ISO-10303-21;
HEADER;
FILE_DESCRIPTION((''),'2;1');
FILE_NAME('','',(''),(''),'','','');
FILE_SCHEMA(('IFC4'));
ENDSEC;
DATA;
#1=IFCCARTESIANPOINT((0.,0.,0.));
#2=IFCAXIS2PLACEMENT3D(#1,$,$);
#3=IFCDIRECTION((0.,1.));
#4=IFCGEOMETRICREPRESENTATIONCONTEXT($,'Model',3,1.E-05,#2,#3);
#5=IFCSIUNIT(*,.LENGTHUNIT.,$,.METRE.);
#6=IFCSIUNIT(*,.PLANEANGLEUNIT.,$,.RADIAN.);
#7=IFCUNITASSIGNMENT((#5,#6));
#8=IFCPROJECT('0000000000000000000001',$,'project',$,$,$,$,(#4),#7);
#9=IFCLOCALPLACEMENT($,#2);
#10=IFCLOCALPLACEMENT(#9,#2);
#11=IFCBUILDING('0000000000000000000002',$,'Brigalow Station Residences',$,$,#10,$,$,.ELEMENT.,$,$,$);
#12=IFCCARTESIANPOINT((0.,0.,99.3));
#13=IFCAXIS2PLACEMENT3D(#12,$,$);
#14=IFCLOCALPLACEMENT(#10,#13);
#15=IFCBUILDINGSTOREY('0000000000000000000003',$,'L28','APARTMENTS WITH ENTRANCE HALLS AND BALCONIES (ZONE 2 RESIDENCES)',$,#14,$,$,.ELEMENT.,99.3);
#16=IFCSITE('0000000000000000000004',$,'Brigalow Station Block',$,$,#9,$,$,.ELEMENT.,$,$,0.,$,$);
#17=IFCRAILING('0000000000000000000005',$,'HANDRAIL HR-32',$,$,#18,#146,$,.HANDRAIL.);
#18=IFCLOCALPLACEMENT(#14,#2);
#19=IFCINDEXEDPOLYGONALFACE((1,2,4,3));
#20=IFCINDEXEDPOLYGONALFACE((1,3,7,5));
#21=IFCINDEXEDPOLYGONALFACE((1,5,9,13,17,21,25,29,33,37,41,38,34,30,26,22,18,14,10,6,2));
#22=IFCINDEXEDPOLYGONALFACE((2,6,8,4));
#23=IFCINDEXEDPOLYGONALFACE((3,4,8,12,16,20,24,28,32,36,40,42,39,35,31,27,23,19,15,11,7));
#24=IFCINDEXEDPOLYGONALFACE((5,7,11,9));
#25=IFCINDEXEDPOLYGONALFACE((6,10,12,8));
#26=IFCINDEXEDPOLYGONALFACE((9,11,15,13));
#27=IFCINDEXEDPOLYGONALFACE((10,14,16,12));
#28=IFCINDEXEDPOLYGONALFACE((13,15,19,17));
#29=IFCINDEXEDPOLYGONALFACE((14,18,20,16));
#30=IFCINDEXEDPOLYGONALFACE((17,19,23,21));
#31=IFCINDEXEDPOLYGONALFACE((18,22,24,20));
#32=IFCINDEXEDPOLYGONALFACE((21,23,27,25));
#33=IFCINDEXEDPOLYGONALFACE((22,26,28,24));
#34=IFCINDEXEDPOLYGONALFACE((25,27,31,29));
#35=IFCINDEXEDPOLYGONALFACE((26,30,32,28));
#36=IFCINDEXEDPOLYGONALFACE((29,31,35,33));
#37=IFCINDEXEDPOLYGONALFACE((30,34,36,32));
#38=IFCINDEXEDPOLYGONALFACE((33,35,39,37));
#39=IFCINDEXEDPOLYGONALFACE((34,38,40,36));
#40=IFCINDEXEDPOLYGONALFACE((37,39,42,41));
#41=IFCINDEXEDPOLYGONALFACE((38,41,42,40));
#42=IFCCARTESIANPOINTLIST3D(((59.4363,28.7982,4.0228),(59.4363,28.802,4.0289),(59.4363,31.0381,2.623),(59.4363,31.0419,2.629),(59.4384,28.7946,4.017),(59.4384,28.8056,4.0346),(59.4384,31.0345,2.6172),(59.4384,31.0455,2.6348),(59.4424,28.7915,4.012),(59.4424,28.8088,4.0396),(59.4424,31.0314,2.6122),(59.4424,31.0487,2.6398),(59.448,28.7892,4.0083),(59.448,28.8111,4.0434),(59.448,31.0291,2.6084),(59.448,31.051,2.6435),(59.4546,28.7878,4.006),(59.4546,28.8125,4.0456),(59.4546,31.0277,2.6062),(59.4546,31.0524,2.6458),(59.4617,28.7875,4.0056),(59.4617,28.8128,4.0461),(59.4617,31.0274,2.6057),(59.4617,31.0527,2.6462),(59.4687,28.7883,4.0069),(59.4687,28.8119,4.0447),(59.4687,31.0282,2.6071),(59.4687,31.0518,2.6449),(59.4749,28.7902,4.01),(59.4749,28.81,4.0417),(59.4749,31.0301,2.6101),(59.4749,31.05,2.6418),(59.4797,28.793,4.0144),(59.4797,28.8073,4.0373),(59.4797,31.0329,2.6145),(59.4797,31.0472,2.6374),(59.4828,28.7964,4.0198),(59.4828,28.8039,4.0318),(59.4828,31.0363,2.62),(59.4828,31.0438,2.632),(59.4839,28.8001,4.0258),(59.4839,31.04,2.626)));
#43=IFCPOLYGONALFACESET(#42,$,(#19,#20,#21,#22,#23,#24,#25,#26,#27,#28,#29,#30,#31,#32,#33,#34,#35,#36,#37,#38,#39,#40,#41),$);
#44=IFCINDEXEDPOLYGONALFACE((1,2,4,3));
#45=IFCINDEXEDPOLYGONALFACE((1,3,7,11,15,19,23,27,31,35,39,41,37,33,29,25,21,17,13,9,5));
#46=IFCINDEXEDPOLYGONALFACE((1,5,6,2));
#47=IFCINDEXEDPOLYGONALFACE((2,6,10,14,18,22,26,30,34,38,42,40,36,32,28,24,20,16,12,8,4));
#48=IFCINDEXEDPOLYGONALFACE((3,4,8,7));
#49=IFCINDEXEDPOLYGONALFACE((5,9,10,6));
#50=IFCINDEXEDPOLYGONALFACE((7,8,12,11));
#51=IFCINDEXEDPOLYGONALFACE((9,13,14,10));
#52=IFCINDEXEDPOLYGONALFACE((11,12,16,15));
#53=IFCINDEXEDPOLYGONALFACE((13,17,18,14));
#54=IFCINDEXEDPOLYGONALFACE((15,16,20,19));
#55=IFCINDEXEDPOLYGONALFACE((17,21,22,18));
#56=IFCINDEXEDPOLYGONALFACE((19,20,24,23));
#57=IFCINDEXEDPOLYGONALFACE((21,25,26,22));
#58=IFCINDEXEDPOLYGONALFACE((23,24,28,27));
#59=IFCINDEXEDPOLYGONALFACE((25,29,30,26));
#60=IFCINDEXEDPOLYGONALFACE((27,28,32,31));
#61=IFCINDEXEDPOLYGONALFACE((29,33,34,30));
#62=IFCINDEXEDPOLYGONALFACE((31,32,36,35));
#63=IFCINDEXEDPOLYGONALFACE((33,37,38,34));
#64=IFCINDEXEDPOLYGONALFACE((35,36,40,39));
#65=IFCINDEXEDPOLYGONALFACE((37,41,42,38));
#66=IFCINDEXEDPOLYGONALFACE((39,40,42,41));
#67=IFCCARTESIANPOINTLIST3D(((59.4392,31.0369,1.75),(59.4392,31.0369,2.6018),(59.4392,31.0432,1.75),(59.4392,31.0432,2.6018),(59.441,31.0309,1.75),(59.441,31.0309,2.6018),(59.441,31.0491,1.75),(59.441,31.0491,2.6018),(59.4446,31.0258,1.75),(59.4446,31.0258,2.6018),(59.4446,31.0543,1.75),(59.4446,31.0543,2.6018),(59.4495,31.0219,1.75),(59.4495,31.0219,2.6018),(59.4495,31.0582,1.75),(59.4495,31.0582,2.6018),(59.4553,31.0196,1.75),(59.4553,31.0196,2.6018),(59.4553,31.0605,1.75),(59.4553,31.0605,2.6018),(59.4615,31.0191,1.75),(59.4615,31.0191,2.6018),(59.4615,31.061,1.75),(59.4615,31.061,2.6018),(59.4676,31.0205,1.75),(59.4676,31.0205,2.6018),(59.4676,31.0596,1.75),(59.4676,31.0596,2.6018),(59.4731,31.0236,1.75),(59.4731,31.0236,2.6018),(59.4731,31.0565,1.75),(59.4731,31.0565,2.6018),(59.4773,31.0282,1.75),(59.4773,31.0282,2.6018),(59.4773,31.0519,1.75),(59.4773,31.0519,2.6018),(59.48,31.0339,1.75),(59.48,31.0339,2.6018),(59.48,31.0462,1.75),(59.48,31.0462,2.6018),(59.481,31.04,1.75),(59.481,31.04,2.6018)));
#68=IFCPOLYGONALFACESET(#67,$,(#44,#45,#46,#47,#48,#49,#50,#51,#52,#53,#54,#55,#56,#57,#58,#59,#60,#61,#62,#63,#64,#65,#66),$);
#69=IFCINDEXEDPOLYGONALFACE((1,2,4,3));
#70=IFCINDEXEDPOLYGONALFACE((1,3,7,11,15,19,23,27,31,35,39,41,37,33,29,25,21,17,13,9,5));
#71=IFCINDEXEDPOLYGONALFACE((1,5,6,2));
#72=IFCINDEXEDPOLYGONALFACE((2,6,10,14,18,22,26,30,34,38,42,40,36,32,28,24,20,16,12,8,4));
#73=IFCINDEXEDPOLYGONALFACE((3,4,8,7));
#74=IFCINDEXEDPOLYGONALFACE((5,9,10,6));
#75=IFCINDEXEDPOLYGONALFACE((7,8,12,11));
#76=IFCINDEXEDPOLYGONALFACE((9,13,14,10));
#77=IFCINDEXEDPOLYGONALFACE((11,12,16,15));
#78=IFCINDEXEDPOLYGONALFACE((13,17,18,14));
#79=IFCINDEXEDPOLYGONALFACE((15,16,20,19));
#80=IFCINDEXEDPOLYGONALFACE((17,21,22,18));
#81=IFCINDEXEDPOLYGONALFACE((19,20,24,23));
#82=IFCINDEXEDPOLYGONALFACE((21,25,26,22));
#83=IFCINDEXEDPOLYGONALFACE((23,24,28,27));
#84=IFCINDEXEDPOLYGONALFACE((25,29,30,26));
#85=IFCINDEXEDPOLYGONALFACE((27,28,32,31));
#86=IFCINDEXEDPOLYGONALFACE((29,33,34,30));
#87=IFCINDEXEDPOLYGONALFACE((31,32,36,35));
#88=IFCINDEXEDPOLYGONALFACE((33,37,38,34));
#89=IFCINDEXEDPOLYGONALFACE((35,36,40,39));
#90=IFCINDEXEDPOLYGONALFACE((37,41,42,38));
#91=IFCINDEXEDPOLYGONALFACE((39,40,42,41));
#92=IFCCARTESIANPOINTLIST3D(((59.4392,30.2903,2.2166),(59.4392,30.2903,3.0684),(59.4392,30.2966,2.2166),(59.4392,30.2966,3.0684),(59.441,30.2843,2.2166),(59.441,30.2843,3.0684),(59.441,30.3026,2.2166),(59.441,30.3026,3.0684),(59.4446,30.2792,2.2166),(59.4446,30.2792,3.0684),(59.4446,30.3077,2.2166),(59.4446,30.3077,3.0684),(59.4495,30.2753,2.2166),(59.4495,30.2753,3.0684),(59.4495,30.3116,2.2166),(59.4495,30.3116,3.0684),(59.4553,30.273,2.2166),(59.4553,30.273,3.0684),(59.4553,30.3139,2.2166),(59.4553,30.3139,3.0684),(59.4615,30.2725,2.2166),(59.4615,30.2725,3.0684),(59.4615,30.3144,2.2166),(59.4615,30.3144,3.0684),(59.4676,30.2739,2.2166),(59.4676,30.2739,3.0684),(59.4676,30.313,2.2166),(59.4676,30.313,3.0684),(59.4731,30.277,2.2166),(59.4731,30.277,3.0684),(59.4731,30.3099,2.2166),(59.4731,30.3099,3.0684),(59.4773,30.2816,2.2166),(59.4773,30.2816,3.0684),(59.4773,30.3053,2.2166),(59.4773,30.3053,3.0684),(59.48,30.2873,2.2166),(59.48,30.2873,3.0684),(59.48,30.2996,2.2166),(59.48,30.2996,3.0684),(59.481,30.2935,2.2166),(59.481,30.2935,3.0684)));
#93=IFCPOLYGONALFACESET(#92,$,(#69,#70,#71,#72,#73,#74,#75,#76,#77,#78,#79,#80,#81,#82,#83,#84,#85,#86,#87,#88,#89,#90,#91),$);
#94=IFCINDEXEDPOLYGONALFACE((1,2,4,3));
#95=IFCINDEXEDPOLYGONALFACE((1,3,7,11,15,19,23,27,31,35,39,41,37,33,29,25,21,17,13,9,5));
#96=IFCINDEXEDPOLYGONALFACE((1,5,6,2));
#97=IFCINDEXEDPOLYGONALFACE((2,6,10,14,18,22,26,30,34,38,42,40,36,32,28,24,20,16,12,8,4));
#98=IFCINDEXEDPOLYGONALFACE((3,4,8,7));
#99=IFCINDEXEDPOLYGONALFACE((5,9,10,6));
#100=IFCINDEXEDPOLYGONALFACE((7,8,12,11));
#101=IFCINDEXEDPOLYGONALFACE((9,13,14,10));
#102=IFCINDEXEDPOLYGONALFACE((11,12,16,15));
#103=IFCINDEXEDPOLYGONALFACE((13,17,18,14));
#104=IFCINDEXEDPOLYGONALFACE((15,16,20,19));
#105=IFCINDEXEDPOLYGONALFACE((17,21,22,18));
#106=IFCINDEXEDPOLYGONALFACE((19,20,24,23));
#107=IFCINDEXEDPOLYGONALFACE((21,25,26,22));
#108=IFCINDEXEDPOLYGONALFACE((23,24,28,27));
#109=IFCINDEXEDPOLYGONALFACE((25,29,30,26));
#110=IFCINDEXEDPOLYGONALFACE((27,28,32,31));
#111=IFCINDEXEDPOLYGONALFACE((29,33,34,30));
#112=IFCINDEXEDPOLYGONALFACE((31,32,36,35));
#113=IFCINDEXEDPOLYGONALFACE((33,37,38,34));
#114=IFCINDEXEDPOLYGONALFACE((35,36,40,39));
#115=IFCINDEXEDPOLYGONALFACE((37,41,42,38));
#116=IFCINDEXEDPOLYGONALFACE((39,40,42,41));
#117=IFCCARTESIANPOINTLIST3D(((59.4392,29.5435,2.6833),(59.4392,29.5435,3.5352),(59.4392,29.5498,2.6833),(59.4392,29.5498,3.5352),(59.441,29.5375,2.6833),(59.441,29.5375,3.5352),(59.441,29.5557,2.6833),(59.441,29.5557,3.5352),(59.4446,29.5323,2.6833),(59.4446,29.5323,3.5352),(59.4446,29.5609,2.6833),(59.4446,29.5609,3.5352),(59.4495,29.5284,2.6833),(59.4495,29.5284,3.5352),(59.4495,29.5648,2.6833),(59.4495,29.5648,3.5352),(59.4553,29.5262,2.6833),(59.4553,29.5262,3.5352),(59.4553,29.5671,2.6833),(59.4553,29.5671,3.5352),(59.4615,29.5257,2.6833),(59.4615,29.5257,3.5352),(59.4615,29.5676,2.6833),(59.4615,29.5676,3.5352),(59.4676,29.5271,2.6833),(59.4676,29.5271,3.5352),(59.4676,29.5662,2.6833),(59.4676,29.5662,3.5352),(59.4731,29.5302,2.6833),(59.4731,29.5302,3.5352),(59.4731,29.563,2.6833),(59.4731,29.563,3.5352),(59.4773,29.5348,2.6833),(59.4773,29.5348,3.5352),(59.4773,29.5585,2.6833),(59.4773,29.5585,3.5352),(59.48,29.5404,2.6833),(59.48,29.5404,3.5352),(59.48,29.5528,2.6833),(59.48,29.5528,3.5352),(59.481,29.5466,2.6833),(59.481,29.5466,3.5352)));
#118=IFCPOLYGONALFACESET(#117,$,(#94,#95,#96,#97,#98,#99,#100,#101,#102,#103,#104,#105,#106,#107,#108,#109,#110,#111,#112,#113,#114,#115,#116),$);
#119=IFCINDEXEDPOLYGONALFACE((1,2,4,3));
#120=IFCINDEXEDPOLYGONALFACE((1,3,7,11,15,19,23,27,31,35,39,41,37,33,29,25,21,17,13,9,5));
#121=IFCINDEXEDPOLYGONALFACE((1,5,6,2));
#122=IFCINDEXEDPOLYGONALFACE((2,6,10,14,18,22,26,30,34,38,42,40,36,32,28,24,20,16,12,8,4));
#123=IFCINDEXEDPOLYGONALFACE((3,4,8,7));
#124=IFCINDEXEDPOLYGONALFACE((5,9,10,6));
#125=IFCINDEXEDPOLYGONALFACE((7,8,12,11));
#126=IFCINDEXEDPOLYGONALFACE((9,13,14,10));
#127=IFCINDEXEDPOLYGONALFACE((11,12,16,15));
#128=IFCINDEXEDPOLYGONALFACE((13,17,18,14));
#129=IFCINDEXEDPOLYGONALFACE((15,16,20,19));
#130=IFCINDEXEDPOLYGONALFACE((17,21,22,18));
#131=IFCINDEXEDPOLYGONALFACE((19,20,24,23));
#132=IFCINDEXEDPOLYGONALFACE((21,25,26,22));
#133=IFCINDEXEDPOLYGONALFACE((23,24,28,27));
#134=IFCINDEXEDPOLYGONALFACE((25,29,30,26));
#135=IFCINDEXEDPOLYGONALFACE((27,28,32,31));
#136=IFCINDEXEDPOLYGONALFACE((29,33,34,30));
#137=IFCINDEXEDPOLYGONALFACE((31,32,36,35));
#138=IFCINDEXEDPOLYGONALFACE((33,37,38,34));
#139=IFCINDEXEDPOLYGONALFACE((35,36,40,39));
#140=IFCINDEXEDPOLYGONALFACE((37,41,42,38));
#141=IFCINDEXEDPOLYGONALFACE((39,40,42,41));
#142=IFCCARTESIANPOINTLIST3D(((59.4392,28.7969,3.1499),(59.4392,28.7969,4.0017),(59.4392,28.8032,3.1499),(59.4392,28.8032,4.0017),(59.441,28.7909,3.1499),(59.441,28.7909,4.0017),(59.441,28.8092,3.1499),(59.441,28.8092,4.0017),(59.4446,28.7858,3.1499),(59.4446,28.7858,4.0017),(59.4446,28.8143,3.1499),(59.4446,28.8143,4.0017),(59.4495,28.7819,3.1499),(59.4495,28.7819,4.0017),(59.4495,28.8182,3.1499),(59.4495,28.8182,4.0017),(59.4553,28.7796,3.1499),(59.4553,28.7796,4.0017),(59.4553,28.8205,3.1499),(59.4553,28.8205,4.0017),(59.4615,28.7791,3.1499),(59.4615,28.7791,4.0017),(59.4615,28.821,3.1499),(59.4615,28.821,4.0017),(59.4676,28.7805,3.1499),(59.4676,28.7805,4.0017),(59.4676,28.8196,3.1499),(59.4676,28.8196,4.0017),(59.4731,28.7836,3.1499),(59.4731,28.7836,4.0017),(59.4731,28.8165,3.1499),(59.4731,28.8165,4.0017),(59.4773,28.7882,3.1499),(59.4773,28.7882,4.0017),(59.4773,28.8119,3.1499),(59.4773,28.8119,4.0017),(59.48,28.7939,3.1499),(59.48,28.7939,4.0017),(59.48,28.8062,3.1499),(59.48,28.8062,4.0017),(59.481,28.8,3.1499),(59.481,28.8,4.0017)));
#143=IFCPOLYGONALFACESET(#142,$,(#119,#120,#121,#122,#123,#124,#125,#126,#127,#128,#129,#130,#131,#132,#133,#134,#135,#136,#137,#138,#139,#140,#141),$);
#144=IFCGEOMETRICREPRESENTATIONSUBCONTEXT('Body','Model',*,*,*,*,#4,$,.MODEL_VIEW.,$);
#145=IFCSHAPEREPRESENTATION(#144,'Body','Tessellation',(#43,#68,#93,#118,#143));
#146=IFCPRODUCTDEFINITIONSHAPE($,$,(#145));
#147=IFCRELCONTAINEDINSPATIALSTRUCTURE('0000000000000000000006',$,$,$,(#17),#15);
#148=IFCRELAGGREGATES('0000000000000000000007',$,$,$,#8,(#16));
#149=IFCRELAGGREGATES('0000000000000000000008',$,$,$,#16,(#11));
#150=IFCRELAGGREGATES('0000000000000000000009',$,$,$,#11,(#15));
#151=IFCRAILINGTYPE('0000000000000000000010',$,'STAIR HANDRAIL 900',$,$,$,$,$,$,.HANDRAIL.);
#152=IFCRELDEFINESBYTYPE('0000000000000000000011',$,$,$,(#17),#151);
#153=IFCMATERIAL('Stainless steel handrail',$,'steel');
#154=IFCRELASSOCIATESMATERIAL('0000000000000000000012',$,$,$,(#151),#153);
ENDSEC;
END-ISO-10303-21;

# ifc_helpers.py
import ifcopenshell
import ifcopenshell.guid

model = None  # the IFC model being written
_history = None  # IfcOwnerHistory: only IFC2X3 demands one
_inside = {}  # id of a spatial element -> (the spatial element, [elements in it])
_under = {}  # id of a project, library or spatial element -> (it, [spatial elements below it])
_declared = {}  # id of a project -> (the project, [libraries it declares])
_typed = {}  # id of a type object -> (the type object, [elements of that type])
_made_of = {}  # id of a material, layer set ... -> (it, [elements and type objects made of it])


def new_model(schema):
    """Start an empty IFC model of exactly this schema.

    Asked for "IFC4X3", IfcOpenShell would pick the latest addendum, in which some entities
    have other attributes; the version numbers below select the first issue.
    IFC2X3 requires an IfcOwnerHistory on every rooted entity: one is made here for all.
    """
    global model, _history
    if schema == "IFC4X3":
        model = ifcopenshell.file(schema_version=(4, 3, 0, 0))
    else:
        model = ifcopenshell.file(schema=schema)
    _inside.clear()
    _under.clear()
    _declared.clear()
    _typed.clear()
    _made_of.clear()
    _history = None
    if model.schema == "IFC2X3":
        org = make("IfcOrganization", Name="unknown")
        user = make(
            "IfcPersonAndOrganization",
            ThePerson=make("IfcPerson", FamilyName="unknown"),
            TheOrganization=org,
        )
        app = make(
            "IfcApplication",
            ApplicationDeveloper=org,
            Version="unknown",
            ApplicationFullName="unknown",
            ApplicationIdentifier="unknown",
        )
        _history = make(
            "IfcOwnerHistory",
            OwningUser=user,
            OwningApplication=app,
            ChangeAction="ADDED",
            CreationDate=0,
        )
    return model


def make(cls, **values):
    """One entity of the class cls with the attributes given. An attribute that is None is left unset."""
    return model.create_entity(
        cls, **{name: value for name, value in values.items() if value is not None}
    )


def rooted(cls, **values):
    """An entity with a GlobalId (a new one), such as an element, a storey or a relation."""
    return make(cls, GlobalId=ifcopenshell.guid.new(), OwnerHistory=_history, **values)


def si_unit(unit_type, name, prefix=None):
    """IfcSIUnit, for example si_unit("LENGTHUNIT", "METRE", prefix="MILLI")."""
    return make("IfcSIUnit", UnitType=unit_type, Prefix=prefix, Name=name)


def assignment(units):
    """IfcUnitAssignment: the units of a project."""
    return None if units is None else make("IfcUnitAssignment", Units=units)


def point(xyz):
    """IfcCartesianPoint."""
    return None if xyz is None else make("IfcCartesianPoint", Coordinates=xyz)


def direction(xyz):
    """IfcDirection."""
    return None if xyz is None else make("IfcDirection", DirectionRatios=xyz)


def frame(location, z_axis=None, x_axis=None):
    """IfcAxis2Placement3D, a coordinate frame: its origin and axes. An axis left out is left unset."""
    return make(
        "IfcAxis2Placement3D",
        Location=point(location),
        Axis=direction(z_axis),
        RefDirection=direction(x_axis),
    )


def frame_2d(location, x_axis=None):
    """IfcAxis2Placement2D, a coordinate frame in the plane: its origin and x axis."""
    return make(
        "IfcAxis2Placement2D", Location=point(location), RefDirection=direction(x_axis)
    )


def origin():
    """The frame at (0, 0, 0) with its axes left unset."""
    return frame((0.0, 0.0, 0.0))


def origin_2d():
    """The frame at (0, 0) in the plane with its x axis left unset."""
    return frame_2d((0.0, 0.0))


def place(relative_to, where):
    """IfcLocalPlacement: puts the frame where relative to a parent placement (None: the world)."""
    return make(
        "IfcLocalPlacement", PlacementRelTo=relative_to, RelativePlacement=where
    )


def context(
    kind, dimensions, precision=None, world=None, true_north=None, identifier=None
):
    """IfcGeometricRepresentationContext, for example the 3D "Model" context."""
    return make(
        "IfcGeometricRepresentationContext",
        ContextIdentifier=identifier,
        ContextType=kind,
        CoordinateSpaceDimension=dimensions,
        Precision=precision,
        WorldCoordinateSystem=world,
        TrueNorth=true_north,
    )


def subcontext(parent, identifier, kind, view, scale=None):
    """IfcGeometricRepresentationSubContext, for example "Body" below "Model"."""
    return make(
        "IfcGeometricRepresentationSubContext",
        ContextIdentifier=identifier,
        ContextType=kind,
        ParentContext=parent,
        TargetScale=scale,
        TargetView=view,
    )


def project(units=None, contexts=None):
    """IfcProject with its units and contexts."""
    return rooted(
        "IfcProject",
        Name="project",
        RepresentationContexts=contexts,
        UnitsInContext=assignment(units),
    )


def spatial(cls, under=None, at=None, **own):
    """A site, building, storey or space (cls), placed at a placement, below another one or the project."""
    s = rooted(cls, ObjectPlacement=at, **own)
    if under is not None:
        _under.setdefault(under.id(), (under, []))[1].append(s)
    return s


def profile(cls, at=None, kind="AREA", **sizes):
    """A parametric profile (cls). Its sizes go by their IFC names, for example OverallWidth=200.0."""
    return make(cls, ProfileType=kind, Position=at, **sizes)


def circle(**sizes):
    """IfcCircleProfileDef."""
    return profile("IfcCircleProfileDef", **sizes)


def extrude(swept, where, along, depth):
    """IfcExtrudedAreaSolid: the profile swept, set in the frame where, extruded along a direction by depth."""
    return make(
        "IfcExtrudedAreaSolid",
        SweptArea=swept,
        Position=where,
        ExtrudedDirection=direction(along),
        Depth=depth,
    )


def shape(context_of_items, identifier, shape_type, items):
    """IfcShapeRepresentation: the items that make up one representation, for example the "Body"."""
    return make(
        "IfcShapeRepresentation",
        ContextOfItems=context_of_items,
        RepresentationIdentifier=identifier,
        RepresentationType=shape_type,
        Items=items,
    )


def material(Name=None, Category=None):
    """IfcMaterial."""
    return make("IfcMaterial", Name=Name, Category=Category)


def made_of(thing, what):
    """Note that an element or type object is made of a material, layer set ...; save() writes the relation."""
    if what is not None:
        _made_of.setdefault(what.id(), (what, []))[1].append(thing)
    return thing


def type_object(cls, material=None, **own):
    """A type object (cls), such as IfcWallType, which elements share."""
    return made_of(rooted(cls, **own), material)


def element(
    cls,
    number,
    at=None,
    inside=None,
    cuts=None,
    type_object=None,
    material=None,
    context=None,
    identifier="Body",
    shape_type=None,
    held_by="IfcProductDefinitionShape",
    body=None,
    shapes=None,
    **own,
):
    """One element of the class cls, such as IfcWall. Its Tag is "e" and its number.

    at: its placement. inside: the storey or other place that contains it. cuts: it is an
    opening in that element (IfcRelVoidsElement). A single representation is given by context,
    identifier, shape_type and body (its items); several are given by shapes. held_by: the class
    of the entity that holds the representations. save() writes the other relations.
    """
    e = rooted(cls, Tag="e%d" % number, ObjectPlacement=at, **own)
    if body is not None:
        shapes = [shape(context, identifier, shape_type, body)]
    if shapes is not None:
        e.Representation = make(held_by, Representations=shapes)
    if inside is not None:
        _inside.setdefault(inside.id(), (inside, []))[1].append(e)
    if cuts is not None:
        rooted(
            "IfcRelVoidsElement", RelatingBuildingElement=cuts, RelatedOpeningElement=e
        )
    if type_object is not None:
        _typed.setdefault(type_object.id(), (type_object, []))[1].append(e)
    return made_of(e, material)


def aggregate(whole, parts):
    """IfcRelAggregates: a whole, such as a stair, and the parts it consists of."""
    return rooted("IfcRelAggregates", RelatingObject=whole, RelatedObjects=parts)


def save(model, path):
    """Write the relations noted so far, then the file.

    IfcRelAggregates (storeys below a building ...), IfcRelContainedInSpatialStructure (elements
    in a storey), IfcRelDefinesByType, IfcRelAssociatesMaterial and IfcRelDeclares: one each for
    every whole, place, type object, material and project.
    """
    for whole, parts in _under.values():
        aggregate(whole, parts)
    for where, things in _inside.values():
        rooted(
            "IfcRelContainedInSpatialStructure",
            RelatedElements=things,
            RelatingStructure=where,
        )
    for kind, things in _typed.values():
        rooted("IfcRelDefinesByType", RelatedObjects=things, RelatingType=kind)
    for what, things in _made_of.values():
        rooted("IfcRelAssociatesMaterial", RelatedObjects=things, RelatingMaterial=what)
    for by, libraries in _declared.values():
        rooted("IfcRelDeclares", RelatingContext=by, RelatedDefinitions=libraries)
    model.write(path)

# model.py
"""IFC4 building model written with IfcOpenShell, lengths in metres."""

from ifc_helpers import new_model, si_unit, direction, frame, origin, origin_2d, place, context, subcontext, project, spatial, circle, extrude, material, type_object, element, save


model = new_model("IFC4")

# Units and contexts
model_context = context("Model", 3, precision=1e-05, world=origin(), true_north=direction((0.0, 1.0)))
body_context = subcontext(model_context, "Body", "Model", "MODEL_VIEW")
ifc_project = project(units=[si_unit("LENGTHUNIT", "METRE"), si_unit("PLANEANGLEUNIT", "RADIAN")], contexts=[model_context])

# Site, building, storey
site_placement = place(None, origin())
site = spatial("IfcSite", under=ifc_project, at=site_placement, Name="Brigalow Station Block", CompositionType="ELEMENT", RefElevation=0.0)
building_placement = place(site_placement, origin())
building = spatial("IfcBuilding", under=site, at=building_placement, Name="Brigalow Station Residences", CompositionType="ELEMENT")
storey_placement = place(building_placement, frame((0.0, 0.0, 99.3)))
storey = spatial("IfcBuildingStorey", under=building, at=storey_placement, Name="L28", Description="APARTMENTS WITH ENTRANCE HALLS AND BALCONIES (ZONE 2 RESIDENCES)", CompositionType="ELEMENT", Elevation=99.3)

# Railing
ifc_material_1 = material(Name="Stainless steel handrail", Category="steel")
railing_type = type_object("IfcRailingType", Name="STAIR HANDRAIL 900", PredefinedType="HANDRAIL", material=ifc_material_1)
railing_placement = place(storey_placement, frame((59.46, 31.04, 1.75)))
element("IfcRailing", 1, at=railing_placement, inside=storey, type_object=railing_type, Name="HANDRAIL HR-32", PredefinedType="HANDRAIL", context=body_context, shape_type="SweptSolid", body=[
    extrude(circle(Radius=0.0239, at=origin_2d()), frame((0.0, 0.0, 0.876), z_axis=(0.0, -0.848014, 0.529974), x_axis=(1.0, 0.0, 0.0)), (0.0, 0.0, 1.0), 2.6414),
    extrude(circle(Radius=0.021, at=origin_2d()), origin(), (0.0, 0.0, 1.0), 0.8518),
    extrude(circle(Radius=0.021, at=origin_2d()), frame((0.0, -0.7466, 0.4666)), (0.0, 0.0, 1.0), 0.8518),
    extrude(circle(Radius=0.021, at=origin_2d()), frame((0.0, -1.4934, 0.9333)), (0.0, 0.0, 1.0), 0.8518),
    extrude(circle(Radius=0.021, at=origin_2d()), frame((0.0, -2.24, 1.3999)), (0.0, 0.0, 1.0), 0.8518),
])

save(model, "model.ifc")
